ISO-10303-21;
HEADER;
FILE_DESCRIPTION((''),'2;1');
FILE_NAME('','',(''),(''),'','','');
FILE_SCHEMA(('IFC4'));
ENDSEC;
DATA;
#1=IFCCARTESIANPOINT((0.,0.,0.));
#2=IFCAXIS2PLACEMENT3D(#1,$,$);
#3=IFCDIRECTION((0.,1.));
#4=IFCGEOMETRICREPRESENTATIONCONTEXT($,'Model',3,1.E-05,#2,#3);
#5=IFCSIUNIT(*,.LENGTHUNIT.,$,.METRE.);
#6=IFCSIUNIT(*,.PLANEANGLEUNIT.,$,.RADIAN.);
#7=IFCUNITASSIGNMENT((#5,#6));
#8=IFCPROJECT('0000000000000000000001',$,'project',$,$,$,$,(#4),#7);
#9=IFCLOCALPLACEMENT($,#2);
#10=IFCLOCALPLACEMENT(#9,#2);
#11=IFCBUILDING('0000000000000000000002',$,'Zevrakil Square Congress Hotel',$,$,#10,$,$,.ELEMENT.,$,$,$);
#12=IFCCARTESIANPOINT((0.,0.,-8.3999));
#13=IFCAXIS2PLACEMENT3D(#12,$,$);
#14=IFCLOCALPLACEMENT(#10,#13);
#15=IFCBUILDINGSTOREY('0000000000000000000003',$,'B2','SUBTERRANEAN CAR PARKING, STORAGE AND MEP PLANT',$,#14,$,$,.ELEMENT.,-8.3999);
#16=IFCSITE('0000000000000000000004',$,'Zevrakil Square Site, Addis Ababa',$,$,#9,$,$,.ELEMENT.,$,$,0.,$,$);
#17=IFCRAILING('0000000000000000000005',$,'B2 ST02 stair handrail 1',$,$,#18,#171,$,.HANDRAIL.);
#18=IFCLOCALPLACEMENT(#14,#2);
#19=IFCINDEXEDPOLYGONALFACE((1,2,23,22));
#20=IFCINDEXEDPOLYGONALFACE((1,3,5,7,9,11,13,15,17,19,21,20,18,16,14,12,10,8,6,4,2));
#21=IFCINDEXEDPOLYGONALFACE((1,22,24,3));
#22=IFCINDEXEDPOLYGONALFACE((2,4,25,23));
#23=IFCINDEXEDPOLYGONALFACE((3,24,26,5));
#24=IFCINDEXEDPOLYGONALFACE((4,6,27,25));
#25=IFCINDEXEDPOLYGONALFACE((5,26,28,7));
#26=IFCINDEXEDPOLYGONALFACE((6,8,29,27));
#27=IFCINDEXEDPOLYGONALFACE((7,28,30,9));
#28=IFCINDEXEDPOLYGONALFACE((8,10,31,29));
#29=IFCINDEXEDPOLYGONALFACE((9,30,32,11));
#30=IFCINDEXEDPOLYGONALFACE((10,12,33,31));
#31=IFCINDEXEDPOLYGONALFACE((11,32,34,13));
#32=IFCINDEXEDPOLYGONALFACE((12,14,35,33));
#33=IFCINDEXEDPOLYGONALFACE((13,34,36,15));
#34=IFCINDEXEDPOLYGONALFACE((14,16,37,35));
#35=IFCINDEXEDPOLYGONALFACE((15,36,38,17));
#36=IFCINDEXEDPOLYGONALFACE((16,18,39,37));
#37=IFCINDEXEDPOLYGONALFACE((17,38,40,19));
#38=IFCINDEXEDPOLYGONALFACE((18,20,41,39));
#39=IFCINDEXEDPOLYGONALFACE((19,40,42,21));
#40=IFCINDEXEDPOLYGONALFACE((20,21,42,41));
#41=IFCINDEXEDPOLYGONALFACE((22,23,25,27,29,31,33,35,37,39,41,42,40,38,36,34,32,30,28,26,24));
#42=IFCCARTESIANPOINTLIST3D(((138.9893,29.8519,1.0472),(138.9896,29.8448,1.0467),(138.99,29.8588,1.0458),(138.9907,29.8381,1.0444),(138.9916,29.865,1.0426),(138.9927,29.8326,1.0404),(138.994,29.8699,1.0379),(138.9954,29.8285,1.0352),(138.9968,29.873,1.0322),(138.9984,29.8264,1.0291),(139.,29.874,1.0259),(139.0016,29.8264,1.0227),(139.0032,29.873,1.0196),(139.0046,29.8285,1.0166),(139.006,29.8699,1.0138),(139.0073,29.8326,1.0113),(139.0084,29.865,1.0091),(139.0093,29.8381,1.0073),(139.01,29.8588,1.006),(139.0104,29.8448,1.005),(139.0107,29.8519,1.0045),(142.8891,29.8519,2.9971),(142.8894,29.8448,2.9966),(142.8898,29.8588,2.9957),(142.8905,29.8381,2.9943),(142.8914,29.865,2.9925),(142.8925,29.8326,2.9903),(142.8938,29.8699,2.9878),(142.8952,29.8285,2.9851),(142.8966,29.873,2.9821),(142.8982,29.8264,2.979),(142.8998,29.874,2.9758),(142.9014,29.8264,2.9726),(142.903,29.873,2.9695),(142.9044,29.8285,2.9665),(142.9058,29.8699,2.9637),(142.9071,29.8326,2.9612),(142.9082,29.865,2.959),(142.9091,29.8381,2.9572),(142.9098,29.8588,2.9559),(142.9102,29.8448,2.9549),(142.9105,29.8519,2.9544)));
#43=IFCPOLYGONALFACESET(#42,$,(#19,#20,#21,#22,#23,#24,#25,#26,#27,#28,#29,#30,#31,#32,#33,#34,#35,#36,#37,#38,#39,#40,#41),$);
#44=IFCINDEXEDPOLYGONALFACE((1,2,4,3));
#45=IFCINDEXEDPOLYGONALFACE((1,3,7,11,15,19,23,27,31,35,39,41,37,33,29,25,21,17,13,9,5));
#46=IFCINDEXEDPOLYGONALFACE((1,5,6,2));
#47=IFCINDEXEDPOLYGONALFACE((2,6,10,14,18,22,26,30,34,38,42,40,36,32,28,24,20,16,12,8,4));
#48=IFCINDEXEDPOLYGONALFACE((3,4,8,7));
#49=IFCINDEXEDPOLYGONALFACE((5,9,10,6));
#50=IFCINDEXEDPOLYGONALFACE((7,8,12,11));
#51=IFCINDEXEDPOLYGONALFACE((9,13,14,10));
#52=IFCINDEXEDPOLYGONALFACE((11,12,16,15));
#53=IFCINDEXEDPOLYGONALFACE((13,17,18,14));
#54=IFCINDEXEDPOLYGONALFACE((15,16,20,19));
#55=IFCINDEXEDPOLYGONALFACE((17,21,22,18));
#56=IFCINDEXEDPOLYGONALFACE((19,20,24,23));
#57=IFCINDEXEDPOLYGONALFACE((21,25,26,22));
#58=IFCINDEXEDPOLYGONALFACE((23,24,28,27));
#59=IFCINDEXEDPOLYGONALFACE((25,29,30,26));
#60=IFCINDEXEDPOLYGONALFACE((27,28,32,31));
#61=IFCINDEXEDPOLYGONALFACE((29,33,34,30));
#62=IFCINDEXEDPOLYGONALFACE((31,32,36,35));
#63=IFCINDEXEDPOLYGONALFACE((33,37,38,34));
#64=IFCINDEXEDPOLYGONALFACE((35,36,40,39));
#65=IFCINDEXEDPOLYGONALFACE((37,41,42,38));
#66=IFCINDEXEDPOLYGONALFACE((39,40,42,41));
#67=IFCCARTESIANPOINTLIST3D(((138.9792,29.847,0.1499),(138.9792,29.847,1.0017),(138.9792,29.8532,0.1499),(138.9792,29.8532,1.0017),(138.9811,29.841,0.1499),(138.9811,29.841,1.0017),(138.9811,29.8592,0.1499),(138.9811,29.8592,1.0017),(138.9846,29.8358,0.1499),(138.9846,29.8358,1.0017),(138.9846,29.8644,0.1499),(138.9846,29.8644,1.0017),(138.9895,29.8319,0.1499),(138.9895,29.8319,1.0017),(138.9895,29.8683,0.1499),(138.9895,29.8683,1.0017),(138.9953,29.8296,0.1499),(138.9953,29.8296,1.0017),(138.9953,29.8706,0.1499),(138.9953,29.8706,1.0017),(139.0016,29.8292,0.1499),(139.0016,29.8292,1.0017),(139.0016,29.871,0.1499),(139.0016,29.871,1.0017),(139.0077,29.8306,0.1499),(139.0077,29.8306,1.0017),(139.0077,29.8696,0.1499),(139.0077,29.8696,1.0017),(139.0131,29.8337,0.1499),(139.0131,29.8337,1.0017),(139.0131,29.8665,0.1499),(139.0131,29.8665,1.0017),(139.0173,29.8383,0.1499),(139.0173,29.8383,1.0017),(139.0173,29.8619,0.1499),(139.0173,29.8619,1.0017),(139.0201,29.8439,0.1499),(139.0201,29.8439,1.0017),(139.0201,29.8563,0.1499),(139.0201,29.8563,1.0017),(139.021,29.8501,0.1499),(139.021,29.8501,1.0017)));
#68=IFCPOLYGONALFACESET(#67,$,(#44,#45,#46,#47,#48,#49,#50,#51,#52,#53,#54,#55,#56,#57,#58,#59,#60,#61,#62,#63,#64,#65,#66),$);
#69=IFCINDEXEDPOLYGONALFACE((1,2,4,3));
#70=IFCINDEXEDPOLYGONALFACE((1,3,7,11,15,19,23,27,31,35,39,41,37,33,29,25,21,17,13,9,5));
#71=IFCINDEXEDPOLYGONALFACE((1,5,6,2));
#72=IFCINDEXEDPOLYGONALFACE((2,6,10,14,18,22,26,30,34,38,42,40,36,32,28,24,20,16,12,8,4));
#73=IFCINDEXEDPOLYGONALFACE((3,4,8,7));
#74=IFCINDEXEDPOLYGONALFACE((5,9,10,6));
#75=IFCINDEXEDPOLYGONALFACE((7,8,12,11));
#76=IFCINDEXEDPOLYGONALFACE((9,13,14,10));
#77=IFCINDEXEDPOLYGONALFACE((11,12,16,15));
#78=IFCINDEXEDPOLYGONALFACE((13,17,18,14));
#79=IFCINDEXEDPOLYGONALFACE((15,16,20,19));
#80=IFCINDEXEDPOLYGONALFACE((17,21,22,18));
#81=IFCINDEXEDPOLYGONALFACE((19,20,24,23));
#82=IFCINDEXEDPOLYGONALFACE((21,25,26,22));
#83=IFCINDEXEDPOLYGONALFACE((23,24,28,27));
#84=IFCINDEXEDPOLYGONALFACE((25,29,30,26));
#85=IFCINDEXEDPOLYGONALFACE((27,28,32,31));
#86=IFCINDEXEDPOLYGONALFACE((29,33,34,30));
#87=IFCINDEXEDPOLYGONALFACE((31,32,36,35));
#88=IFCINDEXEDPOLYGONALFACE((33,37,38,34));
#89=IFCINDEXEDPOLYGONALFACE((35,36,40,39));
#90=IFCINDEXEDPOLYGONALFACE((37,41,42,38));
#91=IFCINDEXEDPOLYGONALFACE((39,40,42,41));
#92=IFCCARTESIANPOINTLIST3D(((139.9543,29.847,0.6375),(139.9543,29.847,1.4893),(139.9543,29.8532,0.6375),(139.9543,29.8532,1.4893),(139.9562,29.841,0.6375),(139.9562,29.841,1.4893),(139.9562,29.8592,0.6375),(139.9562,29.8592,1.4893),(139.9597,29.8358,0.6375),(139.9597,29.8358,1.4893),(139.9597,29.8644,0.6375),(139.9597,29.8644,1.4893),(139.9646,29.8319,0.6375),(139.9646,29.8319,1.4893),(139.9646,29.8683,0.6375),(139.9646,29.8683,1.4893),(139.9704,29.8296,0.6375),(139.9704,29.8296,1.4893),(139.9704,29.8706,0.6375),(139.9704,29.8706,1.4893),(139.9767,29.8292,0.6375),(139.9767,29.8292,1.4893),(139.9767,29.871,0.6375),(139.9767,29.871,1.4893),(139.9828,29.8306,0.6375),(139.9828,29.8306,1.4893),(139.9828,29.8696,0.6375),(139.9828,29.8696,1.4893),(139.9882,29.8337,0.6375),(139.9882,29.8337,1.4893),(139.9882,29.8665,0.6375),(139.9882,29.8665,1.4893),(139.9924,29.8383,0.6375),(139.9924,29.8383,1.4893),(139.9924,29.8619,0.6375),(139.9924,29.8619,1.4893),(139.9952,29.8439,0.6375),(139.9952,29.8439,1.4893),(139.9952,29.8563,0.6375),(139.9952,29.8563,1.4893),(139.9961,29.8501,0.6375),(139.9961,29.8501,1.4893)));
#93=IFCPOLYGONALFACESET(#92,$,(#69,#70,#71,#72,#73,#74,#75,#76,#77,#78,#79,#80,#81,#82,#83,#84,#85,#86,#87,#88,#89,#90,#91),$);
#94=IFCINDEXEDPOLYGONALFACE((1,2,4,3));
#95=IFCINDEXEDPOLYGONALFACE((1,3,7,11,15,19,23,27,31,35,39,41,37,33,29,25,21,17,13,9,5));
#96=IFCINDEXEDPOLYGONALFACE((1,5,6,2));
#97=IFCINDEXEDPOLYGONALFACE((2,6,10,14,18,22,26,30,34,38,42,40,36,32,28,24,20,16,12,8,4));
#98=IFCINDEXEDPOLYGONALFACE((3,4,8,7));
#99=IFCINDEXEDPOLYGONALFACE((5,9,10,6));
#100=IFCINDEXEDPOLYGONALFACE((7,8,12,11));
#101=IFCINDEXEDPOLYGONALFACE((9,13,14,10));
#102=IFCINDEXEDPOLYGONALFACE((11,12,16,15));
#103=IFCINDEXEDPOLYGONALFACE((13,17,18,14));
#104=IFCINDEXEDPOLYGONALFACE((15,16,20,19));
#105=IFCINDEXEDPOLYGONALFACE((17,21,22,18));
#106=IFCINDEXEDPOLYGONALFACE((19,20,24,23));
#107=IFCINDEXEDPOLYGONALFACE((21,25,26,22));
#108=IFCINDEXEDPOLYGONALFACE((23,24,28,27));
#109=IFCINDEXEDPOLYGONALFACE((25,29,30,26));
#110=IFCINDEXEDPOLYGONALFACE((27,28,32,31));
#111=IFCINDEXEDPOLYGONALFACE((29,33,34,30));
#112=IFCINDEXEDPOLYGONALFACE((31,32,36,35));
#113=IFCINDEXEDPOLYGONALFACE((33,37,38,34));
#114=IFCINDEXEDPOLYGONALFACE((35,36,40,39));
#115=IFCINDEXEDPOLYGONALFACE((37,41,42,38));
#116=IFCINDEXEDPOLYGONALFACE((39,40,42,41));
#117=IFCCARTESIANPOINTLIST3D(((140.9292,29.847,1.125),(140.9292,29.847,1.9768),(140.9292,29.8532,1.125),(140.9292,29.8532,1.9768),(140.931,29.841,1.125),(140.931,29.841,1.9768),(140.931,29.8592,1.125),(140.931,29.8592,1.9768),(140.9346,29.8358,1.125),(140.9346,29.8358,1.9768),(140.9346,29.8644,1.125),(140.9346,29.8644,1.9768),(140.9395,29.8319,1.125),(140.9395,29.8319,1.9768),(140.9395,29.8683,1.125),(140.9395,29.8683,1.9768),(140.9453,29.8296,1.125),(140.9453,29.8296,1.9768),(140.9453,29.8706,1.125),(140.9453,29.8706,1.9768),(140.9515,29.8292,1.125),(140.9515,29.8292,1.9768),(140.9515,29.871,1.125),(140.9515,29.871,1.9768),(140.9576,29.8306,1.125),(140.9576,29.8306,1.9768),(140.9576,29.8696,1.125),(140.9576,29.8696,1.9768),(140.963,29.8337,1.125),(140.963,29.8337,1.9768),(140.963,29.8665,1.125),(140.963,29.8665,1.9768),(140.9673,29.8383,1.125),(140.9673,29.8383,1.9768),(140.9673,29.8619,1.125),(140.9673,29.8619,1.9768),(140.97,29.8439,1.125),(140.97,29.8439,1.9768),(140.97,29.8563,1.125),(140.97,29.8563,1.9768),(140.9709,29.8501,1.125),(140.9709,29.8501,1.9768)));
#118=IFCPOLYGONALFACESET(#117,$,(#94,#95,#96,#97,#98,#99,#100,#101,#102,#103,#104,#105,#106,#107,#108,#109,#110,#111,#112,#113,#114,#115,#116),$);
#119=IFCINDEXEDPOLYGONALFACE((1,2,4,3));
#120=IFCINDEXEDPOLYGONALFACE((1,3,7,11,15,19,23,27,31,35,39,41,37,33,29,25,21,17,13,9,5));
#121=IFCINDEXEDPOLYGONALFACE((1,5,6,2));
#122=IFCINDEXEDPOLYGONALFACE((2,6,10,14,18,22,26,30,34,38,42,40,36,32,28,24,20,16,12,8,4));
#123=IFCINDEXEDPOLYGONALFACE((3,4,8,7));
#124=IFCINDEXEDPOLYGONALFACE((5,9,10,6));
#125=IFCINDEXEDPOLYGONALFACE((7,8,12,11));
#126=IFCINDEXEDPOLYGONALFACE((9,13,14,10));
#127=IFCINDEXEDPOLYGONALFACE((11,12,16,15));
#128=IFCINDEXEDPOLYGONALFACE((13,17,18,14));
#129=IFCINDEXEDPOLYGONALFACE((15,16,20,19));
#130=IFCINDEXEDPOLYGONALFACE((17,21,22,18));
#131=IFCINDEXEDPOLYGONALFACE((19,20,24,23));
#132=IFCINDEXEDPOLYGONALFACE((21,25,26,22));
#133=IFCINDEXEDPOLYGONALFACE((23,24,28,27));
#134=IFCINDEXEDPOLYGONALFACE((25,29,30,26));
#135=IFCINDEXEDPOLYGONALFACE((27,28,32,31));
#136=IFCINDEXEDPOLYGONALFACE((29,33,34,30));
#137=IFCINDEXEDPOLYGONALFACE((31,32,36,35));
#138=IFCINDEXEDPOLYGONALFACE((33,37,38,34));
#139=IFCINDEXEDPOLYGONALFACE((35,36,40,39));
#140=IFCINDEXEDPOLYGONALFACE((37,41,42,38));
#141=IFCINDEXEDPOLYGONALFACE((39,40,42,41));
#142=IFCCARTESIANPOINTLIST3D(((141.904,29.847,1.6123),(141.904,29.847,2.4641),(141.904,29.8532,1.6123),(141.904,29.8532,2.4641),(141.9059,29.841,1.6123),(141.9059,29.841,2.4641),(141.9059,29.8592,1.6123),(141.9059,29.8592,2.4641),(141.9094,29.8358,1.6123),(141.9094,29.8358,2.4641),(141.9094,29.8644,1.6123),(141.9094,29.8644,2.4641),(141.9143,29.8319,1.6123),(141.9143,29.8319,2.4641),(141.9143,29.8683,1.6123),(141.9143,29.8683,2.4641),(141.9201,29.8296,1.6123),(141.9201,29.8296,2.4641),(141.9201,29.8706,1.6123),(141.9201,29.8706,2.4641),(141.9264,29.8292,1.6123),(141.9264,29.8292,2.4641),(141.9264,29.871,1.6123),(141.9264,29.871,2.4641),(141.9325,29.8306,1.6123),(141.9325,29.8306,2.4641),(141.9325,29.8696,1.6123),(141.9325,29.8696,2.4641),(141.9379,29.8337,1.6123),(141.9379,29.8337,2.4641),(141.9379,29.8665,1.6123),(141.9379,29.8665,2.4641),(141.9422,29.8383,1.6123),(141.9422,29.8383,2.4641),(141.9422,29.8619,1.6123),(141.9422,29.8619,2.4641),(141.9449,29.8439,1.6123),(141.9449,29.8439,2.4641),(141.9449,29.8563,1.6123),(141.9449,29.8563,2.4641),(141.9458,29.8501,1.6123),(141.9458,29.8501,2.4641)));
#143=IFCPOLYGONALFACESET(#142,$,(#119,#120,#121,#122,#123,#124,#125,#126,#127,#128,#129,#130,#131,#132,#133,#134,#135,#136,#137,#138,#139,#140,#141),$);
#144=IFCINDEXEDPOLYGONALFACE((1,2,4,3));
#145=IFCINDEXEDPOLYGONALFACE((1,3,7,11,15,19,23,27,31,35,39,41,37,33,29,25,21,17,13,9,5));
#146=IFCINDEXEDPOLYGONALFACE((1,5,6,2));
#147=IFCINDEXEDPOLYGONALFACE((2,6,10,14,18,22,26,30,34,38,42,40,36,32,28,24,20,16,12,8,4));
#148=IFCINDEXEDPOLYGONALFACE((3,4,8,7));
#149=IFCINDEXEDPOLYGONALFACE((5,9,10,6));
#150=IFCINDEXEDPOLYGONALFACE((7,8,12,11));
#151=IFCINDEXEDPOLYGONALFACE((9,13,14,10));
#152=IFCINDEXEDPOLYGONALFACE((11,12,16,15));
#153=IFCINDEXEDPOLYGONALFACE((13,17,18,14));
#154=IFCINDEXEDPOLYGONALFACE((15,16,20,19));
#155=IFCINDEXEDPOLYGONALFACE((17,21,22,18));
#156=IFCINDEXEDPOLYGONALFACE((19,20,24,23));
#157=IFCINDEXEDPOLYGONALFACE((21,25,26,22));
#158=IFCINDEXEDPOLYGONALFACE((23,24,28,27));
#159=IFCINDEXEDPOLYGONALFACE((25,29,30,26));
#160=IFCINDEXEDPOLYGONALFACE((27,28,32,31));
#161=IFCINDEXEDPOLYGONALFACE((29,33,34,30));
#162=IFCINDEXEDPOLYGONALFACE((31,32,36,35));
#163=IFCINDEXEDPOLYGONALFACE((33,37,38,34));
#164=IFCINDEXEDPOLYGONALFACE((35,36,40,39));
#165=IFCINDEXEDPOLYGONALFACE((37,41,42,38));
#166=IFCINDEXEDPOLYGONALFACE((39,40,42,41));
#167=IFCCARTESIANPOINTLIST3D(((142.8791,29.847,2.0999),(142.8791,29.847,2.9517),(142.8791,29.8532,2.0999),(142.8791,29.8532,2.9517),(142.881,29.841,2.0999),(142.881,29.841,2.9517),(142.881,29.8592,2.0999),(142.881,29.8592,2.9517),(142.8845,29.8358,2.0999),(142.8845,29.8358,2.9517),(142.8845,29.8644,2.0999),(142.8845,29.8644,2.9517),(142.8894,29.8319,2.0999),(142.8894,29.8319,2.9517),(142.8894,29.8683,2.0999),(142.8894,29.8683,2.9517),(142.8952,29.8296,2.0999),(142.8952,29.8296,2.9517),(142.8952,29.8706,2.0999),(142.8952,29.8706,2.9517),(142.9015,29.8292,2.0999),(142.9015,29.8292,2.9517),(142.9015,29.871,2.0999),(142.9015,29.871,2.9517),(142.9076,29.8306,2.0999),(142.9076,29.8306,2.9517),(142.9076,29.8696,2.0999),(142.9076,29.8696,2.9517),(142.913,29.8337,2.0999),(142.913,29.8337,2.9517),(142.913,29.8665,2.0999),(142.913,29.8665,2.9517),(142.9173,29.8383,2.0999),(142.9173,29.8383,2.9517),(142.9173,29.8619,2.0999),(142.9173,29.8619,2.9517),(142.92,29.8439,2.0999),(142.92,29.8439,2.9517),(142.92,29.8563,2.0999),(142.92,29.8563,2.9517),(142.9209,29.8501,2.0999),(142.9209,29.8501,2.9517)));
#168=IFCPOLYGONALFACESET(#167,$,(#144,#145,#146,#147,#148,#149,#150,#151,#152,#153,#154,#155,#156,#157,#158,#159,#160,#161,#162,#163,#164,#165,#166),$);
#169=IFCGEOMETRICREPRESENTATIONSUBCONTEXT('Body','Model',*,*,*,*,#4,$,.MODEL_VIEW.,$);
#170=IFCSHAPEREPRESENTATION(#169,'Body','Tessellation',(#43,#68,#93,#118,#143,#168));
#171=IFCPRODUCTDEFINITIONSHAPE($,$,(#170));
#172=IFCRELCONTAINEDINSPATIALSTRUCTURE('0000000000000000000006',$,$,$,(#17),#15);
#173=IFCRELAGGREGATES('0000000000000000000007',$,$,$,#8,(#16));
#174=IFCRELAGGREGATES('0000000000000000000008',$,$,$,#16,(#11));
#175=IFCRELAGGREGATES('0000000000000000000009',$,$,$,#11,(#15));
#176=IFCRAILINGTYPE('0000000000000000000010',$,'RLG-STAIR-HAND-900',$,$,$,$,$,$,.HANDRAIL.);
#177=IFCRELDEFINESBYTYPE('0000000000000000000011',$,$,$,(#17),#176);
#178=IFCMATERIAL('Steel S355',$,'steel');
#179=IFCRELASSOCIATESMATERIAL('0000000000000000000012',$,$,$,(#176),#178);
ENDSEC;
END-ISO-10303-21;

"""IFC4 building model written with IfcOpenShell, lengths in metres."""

from ifc_helpers import new_model, si_unit, direction, frame, origin, origin_2d, place, context, subcontext, project, spatial, circle, extrude, material, type_object, element, save


model = new_model("IFC4")

# Units and contexts
model_context = context("Model", 3, precision=1e-05, world=origin(), true_north=direction((0.0, 1.0)))
body_context = subcontext(model_context, "Body", "Model", "MODEL_VIEW")
ifc_project = project(units=[si_unit("LENGTHUNIT", "METRE"), si_unit("PLANEANGLEUNIT", "RADIAN")], contexts=[model_context])

# Site, building, storey
site_placement = place(None, origin())
site = spatial("IfcSite", under=ifc_project, at=site_placement, Name="Zevrakil Square Site, Addis Ababa", CompositionType="ELEMENT", RefElevation=0.0)
building_placement = place(site_placement, origin())
building = spatial("IfcBuilding", under=site, at=building_placement, Name="Zevrakil Square Congress Hotel", CompositionType="ELEMENT")
storey_placement = place(building_placement, frame((0.0, 0.0, -8.3999)))
storey = spatial("IfcBuildingStorey", under=building, at=storey_placement, Name="B2", Description="SUBTERRANEAN CAR PARKING, STORAGE AND MEP PLANT", CompositionType="ELEMENT", Elevation=-8.3999)

# Railing
ifc_material_1 = material(Name="Steel S355", Category="steel")
railing_type_1 = type_object("IfcRailingType", Name="RLG-STAIR-HAND-900", PredefinedType="HANDRAIL", material=ifc_material_1)
railing_1_placement = place(storey_placement, frame((139.0, 29.8501, 0.1499)))
element("IfcRailing", 1, at=railing_1_placement, inside=storey, type_object=railing_type_1, Name="B2 ST02 stair handrail 1", PredefinedType="HANDRAIL", context=body_context, shape_type="SweptSolid", body=[
    extrude(circle(Radius=0.0239, at=origin_2d()), frame((0.0, 0.0, 0.876), z_axis=(0.894427, 0.0, 0.447214), x_axis=(0.0, 1.0, 0.0)), (0.0, 0.0, 1.0), 4.3601),
    extrude(circle(Radius=0.021, at=origin_2d()), origin(), (0.0, 0.0, 1.0), 0.8518),
    extrude(circle(Radius=0.021, at=origin_2d()), frame((0.9751, 0.0, 0.4875)), (0.0, 0.0, 1.0), 0.8518),
    extrude(circle(Radius=0.021, at=origin_2d()), frame((1.95, 0.0, 0.9751)), (0.0, 0.0, 1.0), 0.8518),
    extrude(circle(Radius=0.021, at=origin_2d()), frame((2.9248, 0.0, 1.4624)), (0.0, 0.0, 1.0), 0.8518),
    extrude(circle(Radius=0.021, at=origin_2d()), frame((3.8999, 0.0, 1.95)), (0.0, 0.0, 1.0), 0.8518),
])

save(model, "model.ifc")
